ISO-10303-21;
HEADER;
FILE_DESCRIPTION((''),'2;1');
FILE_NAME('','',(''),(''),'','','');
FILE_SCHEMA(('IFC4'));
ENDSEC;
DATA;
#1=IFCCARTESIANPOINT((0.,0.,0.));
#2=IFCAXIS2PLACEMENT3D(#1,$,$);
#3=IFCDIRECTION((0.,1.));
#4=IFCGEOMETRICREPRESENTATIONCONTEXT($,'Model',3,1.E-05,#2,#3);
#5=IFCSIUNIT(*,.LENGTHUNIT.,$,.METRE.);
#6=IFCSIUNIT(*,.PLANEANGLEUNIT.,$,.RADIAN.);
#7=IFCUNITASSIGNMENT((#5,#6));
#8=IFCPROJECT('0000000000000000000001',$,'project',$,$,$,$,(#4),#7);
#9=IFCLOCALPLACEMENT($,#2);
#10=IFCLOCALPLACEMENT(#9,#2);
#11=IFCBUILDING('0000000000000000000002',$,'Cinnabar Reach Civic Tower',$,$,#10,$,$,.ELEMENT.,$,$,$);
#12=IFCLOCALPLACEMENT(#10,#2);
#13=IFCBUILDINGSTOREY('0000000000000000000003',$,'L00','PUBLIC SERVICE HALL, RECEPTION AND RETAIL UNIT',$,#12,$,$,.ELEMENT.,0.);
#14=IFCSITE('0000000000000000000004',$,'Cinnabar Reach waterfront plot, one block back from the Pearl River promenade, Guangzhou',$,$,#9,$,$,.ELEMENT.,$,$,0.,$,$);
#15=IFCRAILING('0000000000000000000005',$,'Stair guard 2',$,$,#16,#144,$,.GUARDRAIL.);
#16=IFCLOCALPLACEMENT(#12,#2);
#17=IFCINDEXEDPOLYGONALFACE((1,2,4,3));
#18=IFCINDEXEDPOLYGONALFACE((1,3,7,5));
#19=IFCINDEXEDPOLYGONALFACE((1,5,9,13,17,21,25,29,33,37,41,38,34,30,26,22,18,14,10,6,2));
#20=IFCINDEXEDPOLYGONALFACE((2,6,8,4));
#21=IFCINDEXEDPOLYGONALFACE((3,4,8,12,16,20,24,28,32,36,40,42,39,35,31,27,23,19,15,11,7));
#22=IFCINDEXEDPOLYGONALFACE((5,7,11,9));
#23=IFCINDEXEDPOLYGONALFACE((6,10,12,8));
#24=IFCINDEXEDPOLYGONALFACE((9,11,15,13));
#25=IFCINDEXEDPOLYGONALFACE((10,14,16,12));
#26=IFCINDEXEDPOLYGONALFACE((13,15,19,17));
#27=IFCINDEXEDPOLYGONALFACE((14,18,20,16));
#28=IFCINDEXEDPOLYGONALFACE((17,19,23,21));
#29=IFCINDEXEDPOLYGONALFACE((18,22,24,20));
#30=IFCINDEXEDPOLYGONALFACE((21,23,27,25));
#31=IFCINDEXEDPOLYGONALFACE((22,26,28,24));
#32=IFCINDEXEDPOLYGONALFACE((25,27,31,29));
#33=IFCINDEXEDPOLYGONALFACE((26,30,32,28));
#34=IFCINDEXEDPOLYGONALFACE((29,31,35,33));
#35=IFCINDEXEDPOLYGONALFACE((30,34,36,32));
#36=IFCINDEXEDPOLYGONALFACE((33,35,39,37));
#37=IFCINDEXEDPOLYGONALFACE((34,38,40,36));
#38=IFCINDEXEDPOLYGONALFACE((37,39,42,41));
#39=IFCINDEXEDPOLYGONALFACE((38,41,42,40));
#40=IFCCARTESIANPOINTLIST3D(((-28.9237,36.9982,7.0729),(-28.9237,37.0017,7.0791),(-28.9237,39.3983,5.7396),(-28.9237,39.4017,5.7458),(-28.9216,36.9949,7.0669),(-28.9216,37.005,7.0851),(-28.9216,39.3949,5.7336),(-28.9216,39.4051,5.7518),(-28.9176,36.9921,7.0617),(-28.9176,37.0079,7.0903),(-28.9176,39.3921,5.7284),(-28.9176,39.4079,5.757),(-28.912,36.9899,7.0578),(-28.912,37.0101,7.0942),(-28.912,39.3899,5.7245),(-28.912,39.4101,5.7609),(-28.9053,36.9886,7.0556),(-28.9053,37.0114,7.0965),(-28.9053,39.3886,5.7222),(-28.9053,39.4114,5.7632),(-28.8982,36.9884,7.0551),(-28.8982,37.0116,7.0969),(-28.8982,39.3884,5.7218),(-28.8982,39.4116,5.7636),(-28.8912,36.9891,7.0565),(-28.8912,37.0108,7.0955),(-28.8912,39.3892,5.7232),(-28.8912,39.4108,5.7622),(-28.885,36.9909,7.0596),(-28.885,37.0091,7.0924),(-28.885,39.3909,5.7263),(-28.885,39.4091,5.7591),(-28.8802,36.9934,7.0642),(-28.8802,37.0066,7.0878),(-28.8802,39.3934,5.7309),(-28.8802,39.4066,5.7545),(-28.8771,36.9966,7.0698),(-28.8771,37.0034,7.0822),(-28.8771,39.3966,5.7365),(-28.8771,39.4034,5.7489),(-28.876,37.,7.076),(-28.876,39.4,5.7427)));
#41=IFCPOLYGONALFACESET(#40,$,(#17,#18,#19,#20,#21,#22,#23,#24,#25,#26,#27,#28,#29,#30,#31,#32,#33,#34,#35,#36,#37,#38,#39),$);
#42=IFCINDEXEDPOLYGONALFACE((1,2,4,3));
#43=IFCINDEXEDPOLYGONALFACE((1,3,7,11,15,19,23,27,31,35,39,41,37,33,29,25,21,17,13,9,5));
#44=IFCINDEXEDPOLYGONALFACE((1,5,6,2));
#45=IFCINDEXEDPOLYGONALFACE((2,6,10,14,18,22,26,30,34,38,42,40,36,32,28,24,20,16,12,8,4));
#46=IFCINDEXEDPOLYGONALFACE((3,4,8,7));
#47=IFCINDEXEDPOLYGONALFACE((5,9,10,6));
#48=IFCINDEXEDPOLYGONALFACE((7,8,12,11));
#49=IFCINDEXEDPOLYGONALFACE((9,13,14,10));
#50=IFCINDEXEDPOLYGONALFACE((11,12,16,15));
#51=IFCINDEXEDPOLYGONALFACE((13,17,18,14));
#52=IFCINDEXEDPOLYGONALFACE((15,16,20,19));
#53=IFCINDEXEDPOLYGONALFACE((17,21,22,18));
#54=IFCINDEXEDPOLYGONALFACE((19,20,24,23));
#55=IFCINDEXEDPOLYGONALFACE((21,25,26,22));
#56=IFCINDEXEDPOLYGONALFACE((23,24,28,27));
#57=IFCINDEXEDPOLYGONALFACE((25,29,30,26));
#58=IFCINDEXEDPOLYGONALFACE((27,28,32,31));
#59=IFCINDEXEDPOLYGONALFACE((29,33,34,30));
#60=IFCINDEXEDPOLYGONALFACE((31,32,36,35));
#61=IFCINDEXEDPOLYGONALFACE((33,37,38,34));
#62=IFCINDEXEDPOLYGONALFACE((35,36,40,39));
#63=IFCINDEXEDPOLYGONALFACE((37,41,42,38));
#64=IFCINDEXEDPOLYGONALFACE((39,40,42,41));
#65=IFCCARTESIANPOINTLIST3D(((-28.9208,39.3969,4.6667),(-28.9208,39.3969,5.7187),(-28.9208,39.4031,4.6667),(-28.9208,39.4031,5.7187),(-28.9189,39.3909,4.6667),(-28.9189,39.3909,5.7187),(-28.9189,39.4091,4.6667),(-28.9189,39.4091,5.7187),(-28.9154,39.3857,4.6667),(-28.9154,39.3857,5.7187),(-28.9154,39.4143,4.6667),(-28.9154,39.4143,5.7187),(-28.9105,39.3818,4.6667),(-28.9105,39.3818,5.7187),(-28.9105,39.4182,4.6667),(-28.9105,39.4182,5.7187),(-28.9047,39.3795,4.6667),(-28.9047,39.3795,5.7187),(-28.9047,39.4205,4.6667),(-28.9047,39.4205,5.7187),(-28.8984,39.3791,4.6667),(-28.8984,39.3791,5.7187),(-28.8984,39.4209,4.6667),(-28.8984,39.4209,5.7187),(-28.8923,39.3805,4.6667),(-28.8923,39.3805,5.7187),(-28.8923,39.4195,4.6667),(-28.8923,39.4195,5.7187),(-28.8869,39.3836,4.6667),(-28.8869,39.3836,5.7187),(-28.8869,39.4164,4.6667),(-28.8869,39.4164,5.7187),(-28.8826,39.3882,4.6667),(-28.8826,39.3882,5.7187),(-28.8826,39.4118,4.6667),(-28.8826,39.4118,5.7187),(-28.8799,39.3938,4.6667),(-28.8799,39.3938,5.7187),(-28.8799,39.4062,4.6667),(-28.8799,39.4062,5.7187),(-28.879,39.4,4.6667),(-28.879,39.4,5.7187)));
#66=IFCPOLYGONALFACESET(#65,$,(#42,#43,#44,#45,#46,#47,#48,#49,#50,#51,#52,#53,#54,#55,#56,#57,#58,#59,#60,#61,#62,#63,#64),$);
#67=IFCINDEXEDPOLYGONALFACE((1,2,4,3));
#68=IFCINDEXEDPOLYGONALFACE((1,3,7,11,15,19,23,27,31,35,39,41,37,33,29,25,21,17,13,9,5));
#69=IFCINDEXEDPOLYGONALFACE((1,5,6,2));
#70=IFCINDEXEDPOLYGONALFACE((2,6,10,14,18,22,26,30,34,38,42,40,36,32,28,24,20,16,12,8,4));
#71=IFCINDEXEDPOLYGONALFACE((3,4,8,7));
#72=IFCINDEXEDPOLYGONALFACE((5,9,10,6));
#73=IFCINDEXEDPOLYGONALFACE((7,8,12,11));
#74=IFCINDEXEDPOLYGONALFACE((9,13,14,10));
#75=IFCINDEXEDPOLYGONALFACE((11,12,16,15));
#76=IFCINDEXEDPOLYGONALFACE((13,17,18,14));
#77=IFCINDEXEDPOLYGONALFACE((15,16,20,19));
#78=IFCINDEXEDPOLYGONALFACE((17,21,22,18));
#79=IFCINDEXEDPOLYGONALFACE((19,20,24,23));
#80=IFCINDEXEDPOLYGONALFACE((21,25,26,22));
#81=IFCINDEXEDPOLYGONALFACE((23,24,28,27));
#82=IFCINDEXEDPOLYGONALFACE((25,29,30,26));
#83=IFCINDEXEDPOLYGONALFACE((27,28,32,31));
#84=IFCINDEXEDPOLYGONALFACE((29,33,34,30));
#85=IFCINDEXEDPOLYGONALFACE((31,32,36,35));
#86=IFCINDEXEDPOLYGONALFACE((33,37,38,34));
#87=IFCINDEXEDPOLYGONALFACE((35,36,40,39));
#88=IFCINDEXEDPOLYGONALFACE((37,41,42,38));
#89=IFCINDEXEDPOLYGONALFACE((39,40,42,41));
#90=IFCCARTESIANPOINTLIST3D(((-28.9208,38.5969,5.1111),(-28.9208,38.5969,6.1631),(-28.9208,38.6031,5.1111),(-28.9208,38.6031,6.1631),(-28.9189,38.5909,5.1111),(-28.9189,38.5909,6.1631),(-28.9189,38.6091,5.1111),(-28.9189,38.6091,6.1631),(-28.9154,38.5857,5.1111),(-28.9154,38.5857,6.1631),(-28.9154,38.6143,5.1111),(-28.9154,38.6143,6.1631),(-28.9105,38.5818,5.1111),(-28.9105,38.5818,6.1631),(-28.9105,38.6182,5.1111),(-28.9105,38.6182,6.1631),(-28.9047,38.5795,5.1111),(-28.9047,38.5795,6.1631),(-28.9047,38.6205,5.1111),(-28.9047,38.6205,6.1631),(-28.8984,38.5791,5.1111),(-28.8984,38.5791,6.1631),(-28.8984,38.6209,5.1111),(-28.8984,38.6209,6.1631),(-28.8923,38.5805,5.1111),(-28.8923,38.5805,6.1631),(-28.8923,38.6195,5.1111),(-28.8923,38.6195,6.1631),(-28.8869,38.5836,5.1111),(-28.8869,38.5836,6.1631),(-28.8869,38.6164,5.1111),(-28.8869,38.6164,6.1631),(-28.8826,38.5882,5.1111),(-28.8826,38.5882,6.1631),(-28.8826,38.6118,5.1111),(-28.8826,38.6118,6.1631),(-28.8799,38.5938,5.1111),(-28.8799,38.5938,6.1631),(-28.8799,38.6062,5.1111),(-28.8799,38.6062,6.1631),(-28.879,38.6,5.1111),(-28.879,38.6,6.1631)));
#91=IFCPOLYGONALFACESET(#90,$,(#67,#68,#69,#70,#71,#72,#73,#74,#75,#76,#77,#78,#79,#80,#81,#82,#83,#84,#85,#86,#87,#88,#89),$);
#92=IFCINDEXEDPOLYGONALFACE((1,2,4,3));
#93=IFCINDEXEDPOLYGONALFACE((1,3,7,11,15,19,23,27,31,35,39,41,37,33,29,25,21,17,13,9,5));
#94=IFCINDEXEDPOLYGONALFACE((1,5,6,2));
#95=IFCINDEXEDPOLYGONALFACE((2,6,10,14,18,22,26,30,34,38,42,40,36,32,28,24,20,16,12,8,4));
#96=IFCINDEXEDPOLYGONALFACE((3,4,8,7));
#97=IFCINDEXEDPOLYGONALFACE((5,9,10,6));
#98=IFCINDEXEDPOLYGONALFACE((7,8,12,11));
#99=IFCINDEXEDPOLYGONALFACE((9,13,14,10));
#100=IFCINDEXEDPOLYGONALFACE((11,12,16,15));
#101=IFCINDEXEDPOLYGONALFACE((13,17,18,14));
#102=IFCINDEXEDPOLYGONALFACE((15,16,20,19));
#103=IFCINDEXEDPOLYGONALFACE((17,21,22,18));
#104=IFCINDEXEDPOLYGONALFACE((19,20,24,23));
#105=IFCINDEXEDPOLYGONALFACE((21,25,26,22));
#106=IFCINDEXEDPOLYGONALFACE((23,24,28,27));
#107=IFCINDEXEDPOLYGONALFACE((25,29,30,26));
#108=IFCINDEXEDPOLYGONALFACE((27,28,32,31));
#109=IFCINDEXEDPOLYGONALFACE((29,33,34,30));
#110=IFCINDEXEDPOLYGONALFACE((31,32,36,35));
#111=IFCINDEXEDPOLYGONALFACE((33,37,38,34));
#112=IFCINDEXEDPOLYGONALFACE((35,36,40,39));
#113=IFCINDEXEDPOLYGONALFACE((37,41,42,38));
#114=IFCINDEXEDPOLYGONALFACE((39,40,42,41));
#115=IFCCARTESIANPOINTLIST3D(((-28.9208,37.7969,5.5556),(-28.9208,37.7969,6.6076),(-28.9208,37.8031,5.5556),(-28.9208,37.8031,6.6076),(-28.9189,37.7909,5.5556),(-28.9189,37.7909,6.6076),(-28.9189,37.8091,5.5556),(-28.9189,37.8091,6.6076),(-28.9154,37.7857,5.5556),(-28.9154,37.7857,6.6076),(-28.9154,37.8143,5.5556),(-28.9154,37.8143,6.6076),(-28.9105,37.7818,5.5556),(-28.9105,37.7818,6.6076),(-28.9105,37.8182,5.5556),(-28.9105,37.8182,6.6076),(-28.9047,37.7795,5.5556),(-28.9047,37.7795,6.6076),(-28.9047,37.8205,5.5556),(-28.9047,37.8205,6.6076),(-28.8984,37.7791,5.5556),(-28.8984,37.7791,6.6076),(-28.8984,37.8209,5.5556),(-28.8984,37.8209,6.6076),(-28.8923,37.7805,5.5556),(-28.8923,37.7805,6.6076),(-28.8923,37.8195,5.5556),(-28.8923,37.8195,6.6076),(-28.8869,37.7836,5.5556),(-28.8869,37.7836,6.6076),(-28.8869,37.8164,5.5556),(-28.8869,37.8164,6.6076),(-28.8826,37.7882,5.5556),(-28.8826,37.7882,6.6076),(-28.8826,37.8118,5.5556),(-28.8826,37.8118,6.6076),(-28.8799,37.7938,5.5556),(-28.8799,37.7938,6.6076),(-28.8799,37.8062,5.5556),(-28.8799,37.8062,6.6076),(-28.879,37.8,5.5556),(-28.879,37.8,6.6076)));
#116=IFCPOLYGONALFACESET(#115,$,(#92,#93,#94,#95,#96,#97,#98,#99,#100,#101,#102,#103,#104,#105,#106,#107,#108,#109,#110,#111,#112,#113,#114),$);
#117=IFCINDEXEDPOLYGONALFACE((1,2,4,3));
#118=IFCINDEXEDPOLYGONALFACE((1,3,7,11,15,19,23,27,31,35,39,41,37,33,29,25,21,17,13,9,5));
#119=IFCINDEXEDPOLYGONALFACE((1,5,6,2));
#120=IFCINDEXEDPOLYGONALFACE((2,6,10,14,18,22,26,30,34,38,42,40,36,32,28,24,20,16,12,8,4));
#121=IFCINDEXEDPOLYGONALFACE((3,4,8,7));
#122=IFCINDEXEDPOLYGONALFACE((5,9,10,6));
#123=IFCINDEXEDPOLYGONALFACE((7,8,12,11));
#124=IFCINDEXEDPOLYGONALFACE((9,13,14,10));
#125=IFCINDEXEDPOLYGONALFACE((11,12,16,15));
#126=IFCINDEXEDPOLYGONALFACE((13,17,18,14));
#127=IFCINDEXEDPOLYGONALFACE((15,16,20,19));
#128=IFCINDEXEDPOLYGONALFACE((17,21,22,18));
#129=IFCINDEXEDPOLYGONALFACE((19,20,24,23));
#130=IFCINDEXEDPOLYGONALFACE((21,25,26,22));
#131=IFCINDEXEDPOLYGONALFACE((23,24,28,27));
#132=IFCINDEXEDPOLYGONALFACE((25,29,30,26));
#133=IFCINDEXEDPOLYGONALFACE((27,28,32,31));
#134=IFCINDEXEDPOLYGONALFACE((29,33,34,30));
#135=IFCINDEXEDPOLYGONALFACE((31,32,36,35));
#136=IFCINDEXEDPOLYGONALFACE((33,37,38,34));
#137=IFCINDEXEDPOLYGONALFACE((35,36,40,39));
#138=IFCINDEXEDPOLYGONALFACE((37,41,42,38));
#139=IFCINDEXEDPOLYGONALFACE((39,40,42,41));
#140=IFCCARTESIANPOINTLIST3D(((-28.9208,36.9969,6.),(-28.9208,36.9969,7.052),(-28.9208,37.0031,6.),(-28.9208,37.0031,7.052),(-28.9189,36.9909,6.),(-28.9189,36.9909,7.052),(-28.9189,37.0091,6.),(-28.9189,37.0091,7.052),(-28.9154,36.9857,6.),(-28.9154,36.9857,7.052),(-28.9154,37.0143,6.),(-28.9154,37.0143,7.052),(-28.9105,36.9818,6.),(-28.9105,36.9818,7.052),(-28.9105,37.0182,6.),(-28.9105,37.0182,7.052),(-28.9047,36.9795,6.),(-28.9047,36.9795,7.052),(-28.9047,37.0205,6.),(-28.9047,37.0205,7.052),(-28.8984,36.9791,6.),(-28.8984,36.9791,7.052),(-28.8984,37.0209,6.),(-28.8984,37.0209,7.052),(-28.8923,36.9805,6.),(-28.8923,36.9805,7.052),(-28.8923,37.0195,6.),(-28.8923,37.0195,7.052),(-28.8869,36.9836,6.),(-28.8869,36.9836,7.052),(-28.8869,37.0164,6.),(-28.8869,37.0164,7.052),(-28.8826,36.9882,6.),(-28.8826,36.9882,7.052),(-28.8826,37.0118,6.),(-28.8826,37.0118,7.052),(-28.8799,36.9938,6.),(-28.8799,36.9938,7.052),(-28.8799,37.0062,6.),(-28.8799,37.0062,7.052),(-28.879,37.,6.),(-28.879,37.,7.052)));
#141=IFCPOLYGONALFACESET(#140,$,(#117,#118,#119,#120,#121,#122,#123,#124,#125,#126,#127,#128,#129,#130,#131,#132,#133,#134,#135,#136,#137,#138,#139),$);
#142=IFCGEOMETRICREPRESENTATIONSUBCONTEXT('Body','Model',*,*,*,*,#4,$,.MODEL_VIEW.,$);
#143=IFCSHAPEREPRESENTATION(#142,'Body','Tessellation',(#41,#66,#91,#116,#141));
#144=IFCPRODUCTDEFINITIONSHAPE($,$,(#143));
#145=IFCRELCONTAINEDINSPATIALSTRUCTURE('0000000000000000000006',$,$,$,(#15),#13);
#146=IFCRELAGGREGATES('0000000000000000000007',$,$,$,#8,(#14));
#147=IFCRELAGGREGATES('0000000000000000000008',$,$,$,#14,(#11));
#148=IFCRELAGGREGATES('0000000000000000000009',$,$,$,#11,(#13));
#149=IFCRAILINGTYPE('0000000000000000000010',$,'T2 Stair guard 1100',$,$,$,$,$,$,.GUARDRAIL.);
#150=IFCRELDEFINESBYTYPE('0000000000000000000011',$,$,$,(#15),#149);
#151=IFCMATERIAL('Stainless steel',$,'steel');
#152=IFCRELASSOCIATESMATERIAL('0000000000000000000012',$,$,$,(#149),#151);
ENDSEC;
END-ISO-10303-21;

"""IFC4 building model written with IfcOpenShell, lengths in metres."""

from ifc_helpers import new_model, si_unit, direction, frame, origin, origin_2d, place, context, subcontext, project, spatial, circle, extrude, material, type_object, element, save


model = new_model("IFC4")

# Units and contexts
model_context = context("Model", 3, precision=1e-05, world=origin(), true_north=direction((0.0, 1.0)))
body_context = subcontext(model_context, "Body", "Model", "MODEL_VIEW")
ifc_project = project(units=[si_unit("LENGTHUNIT", "METRE"), si_unit("PLANEANGLEUNIT", "RADIAN")], contexts=[model_context])

# Site, building, storey
site_placement = place(None, origin())
site = spatial("IfcSite", under=ifc_project, at=site_placement, Name="Cinnabar Reach waterfront plot, one block back from the Pearl River promenade, Guangzhou", CompositionType="ELEMENT", RefElevation=0.0)
building_placement = place(site_placement, origin())
building = spatial("IfcBuilding", under=site, at=building_placement, Name="Cinnabar Reach Civic Tower", CompositionType="ELEMENT")
storey_placement = place(building_placement, origin())
storey = spatial("IfcBuildingStorey", under=building, at=storey_placement, Name="L00", Description="PUBLIC SERVICE HALL, RECEPTION AND RETAIL UNIT", CompositionType="ELEMENT", Elevation=0.0)

# Railing
ifc_material_1 = material(Name="Stainless steel", Category="steel")
railing_type = type_object("IfcRailingType", Name="T2 Stair guard 1100", PredefinedType="GUARDRAIL", material=ifc_material_1)
railing_1_placement = place(storey_placement, frame((-28.9, 39.4, 4.6667)))
element("IfcRailing", 1, at=railing_1_placement, inside=storey, type_object=railing_type, Name="Stair guard 2", PredefinedType="GUARDRAIL", context=body_context, shape_type="SweptSolid", body=[
    extrude(circle(Radius=0.024, at=origin_2d()), frame((0.0, 0.0, 1.076), z_axis=(0.0, -0.874162, 0.485634), x_axis=(1.0, 0.0, 0.0)), (0.0, 0.0, 1.0), 2.7455),
    extrude(circle(Radius=0.021, at=origin_2d()), origin(), (0.0, 0.0, 1.0), 1.052),
    extrude(circle(Radius=0.021, at=origin_2d()), frame((0.0, -0.8, 0.4444)), (0.0, 0.0, 1.0), 1.052),
    extrude(circle(Radius=0.021, at=origin_2d()), frame((0.0, -1.6, 0.8889)), (0.0, 0.0, 1.0), 1.052),
    extrude(circle(Radius=0.021, at=origin_2d()), frame((0.0, -2.4, 1.3333)), (0.0, 0.0, 1.0), 1.052),
])

save(model, "model.ifc")
